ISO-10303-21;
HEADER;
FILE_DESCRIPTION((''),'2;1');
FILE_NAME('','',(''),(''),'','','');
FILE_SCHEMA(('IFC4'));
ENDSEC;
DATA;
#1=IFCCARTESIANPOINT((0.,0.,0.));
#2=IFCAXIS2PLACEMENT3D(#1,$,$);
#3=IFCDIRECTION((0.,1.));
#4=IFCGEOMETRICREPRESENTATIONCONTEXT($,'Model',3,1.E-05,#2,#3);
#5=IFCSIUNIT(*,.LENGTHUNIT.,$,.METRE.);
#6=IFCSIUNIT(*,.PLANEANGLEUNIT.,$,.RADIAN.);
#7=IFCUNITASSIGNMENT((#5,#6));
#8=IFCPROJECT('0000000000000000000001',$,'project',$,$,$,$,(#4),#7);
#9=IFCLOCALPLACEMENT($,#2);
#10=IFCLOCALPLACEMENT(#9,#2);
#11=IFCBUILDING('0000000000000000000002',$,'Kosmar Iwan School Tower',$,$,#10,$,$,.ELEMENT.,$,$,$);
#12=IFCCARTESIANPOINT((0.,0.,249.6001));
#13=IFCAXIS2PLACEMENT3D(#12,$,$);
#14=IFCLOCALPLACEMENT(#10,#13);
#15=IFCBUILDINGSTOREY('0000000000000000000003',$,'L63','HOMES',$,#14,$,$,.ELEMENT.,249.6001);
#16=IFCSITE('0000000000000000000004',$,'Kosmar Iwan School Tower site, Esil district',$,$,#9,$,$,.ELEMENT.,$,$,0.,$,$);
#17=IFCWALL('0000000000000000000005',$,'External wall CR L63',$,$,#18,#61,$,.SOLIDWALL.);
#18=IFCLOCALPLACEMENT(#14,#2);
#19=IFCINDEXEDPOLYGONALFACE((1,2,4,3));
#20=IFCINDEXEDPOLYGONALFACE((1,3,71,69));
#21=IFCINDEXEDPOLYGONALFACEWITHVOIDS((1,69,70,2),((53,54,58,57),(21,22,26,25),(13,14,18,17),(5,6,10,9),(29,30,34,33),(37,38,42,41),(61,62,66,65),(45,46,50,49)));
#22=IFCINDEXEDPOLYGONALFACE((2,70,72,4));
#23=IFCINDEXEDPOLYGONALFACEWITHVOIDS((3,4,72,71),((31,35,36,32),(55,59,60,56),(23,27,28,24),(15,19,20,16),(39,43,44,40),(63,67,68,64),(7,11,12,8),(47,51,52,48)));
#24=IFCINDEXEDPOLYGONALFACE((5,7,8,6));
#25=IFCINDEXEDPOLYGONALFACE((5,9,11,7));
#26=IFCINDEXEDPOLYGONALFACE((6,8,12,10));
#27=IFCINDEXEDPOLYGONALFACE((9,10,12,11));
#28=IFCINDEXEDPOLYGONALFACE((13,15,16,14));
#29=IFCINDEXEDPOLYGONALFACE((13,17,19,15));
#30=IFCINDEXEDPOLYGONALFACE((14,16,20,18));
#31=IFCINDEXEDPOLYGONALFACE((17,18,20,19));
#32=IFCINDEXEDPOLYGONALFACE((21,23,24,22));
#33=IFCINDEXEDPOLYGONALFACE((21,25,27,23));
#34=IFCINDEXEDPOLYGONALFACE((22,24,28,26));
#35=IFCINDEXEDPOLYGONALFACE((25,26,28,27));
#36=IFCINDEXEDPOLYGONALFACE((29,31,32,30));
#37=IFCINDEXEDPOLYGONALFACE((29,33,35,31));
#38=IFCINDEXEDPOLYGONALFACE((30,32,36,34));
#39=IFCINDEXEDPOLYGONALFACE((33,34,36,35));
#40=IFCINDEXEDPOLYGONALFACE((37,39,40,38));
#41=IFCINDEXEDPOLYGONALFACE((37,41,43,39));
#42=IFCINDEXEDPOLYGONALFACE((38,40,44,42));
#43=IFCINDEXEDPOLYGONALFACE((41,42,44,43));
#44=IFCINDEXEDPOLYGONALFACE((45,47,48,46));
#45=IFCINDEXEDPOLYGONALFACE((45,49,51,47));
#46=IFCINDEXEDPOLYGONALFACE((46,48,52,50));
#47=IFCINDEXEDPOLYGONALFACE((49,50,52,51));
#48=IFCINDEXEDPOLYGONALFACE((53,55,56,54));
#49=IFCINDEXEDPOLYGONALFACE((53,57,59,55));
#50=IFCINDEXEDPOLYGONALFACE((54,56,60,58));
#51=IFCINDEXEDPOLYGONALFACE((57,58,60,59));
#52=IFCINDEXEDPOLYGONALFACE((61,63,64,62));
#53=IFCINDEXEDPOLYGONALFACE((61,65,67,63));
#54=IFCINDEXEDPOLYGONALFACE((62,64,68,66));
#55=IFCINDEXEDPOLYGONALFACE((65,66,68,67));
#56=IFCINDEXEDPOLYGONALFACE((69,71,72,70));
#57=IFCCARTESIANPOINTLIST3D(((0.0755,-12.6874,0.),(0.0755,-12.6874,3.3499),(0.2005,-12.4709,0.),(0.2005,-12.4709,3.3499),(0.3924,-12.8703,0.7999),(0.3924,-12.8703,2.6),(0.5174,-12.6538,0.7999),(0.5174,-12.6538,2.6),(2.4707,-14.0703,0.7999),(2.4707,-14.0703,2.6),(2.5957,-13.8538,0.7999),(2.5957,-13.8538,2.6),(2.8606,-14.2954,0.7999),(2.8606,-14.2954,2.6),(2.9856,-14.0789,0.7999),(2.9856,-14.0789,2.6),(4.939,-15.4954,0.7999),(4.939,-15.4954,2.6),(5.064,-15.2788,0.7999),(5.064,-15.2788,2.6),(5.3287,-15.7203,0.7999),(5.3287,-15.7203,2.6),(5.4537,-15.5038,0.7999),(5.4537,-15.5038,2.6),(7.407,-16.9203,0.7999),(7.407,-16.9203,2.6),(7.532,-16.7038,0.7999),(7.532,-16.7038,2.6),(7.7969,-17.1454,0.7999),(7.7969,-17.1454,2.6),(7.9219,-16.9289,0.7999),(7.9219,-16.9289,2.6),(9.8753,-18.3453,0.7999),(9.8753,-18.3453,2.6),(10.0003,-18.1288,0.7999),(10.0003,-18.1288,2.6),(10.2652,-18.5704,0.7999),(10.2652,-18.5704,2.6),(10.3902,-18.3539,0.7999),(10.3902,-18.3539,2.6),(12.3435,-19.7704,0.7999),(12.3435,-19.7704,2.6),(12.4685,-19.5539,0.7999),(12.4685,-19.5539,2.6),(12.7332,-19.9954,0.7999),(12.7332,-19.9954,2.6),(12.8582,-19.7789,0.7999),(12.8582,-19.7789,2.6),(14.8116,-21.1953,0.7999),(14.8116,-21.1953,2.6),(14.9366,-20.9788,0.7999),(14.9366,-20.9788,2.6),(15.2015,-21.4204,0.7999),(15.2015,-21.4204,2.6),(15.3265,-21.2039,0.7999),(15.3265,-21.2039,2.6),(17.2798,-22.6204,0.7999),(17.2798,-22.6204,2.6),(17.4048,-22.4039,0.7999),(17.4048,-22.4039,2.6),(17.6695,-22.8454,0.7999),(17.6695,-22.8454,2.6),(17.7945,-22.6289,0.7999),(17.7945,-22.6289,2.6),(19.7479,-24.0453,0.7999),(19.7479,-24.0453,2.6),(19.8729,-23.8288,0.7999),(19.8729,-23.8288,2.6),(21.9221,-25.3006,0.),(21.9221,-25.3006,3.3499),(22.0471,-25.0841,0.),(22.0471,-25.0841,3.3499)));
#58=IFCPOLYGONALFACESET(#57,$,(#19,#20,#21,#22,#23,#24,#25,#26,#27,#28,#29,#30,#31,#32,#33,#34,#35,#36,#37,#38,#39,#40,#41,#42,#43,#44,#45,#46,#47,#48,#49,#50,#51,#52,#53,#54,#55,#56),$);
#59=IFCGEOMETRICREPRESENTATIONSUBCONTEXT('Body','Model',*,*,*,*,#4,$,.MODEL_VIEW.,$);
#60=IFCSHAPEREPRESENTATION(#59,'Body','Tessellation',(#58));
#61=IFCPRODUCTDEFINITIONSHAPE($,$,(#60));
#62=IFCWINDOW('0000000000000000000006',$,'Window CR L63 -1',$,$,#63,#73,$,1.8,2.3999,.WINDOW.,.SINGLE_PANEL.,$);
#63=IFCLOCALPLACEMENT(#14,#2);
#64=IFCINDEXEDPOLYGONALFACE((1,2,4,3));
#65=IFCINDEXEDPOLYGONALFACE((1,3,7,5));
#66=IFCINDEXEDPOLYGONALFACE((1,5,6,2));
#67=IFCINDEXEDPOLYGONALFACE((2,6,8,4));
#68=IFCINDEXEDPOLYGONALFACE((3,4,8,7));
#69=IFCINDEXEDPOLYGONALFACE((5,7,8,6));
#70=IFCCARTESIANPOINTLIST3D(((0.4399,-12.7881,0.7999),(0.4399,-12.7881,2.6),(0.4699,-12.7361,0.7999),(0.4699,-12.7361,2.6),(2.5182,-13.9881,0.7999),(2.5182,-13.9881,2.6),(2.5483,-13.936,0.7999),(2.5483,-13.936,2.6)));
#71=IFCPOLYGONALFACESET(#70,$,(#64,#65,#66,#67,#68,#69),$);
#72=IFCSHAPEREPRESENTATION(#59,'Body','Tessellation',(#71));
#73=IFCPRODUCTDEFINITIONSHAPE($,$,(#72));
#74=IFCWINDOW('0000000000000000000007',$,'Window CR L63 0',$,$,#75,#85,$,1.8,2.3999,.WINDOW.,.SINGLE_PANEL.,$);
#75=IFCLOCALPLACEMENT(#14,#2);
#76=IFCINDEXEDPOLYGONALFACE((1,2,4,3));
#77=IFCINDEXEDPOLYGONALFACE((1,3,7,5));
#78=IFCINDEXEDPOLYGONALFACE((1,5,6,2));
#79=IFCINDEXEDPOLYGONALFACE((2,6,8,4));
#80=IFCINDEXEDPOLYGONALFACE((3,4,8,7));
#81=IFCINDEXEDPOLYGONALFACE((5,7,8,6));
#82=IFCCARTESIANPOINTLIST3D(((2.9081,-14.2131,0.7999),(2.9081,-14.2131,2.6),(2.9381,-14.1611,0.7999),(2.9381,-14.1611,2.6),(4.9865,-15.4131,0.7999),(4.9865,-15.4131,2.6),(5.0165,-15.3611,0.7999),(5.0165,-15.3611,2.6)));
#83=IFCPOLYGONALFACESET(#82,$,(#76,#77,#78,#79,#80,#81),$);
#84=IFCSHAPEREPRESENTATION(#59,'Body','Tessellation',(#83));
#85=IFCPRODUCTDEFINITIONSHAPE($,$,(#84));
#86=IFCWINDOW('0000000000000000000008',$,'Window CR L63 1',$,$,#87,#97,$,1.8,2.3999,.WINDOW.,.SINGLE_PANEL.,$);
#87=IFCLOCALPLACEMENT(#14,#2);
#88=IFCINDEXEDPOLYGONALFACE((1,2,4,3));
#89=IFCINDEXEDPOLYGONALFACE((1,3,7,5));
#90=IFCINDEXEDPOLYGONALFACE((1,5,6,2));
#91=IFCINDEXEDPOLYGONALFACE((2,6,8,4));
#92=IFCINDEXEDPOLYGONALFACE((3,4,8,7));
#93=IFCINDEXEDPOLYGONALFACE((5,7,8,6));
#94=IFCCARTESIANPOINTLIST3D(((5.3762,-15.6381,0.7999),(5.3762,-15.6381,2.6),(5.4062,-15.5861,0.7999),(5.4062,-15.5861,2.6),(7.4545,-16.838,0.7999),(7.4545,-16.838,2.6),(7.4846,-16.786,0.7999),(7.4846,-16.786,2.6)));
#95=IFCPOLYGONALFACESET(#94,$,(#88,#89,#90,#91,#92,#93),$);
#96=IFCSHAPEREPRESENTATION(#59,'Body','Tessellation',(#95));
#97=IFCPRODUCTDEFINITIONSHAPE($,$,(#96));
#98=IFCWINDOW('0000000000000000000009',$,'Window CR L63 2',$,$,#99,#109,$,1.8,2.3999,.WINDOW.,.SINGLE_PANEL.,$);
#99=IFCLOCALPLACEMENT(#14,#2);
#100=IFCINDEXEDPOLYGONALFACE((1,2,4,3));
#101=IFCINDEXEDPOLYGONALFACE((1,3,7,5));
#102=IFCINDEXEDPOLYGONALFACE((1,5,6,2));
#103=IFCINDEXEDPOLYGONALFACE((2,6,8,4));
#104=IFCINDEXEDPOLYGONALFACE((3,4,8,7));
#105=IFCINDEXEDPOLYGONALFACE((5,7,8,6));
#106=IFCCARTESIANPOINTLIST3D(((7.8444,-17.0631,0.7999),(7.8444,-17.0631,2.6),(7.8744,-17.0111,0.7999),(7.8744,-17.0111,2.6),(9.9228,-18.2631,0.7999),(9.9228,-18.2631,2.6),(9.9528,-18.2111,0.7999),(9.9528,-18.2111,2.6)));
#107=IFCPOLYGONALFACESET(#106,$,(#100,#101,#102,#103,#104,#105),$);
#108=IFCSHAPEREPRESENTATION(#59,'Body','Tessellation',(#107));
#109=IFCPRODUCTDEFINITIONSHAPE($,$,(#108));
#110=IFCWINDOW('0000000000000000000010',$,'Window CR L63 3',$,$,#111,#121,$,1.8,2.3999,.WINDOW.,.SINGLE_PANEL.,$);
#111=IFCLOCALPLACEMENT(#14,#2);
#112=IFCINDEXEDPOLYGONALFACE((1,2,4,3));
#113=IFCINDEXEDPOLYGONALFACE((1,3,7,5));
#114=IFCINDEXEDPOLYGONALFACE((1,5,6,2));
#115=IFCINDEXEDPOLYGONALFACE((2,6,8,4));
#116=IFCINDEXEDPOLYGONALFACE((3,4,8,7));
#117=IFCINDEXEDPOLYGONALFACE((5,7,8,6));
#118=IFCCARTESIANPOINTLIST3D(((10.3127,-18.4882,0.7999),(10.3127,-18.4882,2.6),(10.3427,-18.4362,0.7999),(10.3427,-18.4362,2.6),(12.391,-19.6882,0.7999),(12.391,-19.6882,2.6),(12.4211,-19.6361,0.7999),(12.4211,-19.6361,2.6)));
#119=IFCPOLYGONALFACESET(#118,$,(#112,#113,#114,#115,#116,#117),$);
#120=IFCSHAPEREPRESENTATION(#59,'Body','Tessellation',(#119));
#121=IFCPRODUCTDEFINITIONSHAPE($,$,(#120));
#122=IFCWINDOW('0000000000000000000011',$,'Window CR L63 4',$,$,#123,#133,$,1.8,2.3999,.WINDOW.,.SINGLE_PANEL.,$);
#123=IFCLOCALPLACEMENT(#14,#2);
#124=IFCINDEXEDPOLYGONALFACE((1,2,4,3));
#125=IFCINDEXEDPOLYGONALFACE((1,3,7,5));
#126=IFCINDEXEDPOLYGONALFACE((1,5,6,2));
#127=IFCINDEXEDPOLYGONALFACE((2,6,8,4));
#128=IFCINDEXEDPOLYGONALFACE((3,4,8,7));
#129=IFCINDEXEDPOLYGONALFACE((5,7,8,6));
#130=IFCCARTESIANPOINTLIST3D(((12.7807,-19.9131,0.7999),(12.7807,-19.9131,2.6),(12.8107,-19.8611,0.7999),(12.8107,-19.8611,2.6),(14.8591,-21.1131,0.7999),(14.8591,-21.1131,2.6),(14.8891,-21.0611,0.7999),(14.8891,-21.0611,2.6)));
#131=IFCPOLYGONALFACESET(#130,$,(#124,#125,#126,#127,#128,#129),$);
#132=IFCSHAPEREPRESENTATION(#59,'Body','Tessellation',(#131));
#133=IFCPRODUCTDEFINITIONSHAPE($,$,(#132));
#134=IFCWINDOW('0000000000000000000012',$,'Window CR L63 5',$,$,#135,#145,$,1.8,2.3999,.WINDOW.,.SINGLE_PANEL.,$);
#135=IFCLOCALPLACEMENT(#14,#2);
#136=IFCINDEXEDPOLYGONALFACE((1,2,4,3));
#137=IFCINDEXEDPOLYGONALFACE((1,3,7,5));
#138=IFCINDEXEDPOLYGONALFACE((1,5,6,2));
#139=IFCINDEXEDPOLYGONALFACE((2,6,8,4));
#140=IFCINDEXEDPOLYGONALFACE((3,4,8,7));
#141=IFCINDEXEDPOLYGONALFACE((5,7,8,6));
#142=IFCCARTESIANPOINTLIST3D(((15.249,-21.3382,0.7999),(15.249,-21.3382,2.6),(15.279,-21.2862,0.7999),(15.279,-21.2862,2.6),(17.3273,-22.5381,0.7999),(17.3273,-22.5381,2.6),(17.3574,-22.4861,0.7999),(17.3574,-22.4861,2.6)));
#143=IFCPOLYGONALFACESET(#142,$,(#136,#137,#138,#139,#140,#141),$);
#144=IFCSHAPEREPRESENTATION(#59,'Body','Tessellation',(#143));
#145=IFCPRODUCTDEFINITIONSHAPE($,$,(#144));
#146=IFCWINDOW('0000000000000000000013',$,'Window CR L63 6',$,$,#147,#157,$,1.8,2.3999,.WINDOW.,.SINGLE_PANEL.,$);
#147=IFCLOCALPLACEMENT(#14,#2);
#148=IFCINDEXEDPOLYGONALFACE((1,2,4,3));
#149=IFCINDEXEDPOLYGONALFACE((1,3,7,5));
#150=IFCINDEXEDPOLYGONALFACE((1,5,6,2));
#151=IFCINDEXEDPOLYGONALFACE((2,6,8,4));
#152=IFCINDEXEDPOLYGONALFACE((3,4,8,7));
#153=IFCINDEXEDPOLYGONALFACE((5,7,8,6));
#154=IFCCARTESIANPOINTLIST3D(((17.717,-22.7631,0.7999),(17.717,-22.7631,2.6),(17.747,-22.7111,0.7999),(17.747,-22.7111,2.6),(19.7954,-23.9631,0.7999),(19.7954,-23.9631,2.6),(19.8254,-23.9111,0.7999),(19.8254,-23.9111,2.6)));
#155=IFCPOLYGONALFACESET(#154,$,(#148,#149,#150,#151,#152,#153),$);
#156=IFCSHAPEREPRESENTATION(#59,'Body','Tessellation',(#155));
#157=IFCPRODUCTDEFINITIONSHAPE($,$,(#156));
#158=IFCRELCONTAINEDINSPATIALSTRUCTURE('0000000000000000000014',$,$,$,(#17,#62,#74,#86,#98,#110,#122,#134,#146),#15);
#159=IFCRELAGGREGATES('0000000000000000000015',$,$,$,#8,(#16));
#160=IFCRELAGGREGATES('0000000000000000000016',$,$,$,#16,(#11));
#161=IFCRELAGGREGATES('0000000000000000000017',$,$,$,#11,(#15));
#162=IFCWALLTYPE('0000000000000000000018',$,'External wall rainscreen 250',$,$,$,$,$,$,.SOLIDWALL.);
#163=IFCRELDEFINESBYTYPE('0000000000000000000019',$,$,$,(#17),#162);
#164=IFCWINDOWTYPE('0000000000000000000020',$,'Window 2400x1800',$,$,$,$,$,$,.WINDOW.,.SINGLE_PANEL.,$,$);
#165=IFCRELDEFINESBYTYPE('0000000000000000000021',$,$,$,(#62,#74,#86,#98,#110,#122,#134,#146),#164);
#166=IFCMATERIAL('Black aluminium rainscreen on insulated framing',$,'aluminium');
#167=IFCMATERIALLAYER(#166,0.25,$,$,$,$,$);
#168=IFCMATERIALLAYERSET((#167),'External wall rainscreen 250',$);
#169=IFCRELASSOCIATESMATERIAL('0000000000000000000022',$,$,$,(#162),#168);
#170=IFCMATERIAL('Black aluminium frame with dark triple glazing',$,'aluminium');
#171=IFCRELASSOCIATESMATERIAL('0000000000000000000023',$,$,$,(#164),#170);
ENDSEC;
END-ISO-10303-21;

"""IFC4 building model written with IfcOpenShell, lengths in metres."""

from ifc_helpers import new_model, si_unit, direction, frame, frame_2d, origin, place, context, subcontext, project, spatial, rectangle, extrude, material, layer, layer_set, type_object, element, fill, save


model = new_model("IFC4")

# Units and contexts
model_context = context("Model", 3, precision=1e-05, world=origin(), true_north=direction((0.0, 1.0)))
body_context = subcontext(model_context, "Body", "Model", "MODEL_VIEW")
ifc_project = project(units=[si_unit("LENGTHUNIT", "METRE"), si_unit("PLANEANGLEUNIT", "RADIAN")], contexts=[model_context])

# Site, building, storey
site_placement = place(None, origin())
site = spatial("IfcSite", under=ifc_project, at=site_placement, Name="Kosmar Iwan School Tower site, Esil district", CompositionType="ELEMENT", RefElevation=0.0)
building_placement = place(site_placement, origin())
building = spatial("IfcBuilding", under=site, at=building_placement, Name="Kosmar Iwan School Tower", CompositionType="ELEMENT")
storey_placement = place(building_placement, frame((0.0, 0.0, 249.6001)))
storey = spatial("IfcBuildingStorey", under=building, at=storey_placement, Name="L63", Description="HOMES", CompositionType="ELEMENT", Elevation=249.6001)

# Wall, openings, windows
ifc_material_1 = material(Name="Black aluminium rainscreen on insulated framing", Category="aluminium")
ifc_layer_1 = layer(ifc_material_1, 0.25)
ifc_layer_set_1 = layer_set([ifc_layer_1], Name="External wall rainscreen 250")
wall_type_1 = type_object("IfcWallType", Name="External wall rainscreen 250", PredefinedType="SOLIDWALL", material=ifc_layer_set_1)
ifc_material_2 = material(Name="Black aluminium frame with dark triple glazing", Category="aluminium")
window_type = type_object("IfcWindowType", Name="Window 2400x1800", PartitioningType="SINGLE_PANEL", PredefinedType="WINDOW", material=ifc_material_2)
wall_1_placement = place(storey_placement, frame((0.1379, -12.5791, 0.0), z_axis=(0.0, 0.0, 1.0), x_axis=(0.866024, -0.500003, 0.0)))
wall_1 = element("IfcWall", 1, at=wall_1_placement, inside=storey, type_object=wall_type_1, Name="External wall CR L63", PredefinedType="SOLIDWALL", context=body_context, shape_type="SweptSolid", body=[
    extrude(rectangle(XDim=25.2263, YDim=0.25, at=frame_2d((12.6133, 0.0))), origin(), (0.0, 0.0, 1.0), 3.3499),
])
opening_1_placement = place(wall_1_placement, frame((0.366, 0.0, 0.8)))
opening_1 = element("IfcOpeningElement", 2, at=opening_1_placement, cuts=wall_1, PredefinedType="OPENING", context=body_context, shape_type="SweptSolid", body=[
    extrude(rectangle(XDim=2.3999, YDim=1.8, at=frame_2d((1.2, 0.8999))), frame((0.0, 0.137, 0.0), z_axis=(0.0, -1.0, 0.0), x_axis=(1.0, 0.0, 0.0)), (0.0, 0.0, 1.0), 0.2739),
])
opening_2_placement = place(wall_1_placement, frame((3.2161, 0.0, 0.8)))
opening_2 = element("IfcOpeningElement", 3, at=opening_2_placement, cuts=wall_1, PredefinedType="OPENING", context=body_context, shape_type="SweptSolid", body=[
    extrude(rectangle(XDim=2.3999, YDim=1.8, at=frame_2d((1.2, 0.8999))), frame((0.0, 0.137, 0.0), z_axis=(0.0, -1.0, 0.0), x_axis=(1.0, 0.0, 0.0)), (0.0, 0.0, 1.0), 0.2739),
])
opening_3_placement = place(wall_1_placement, frame((6.0659, 0.0, 0.8)))
opening_3 = element("IfcOpeningElement", 4, at=opening_3_placement, cuts=wall_1, PredefinedType="OPENING", context=body_context, shape_type="SweptSolid", body=[
    extrude(rectangle(XDim=2.3999, YDim=1.8, at=frame_2d((1.2, 0.8999))), frame((0.0, 0.137, 0.0), z_axis=(0.0, -1.0, 0.0), x_axis=(1.0, 0.0, 0.0)), (0.0, 0.0, 1.0), 0.2739),
])
opening_4_placement = place(wall_1_placement, frame((8.916, 0.0, 0.8)))
opening_4 = element("IfcOpeningElement", 5, at=opening_4_placement, cuts=wall_1, PredefinedType="OPENING", context=body_context, shape_type="SweptSolid", body=[
    extrude(rectangle(XDim=2.3999, YDim=1.8, at=frame_2d((1.2, 0.8999))), frame((0.0, 0.137, 0.0), z_axis=(0.0, -1.0, 0.0), x_axis=(1.0, 0.0, 0.0)), (0.0, 0.0, 1.0), 0.2739),
])
opening_5_placement = place(wall_1_placement, frame((11.7661, 0.0, 0.8)))
opening_5 = element("IfcOpeningElement", 6, at=opening_5_placement, cuts=wall_1, PredefinedType="OPENING", context=body_context, shape_type="SweptSolid", body=[
    extrude(rectangle(XDim=2.3999, YDim=1.8, at=frame_2d((1.2, 0.8999))), frame((0.0, 0.137, 0.0), z_axis=(0.0, -1.0, 0.0), x_axis=(1.0, 0.0, 0.0)), (0.0, 0.0, 1.0), 0.2739),
])
opening_6_placement = place(wall_1_placement, frame((14.616, 0.0, 0.8)))
opening_6 = element("IfcOpeningElement", 7, at=opening_6_placement, cuts=wall_1, PredefinedType="OPENING", context=body_context, shape_type="SweptSolid", body=[
    extrude(rectangle(XDim=2.3999, YDim=1.8, at=frame_2d((1.2, 0.8999))), frame((0.0, 0.137, 0.0), z_axis=(0.0, -1.0, 0.0), x_axis=(1.0, 0.0, 0.0)), (0.0, 0.0, 1.0), 0.2739),
])
opening_7_placement = place(wall_1_placement, frame((17.4661, 0.0, 0.8)))
opening_7 = element("IfcOpeningElement", 8, at=opening_7_placement, cuts=wall_1, PredefinedType="OPENING", context=body_context, shape_type="SweptSolid", body=[
    extrude(rectangle(XDim=2.3999, YDim=1.8, at=frame_2d((1.2, 0.8999))), frame((0.0, 0.137, 0.0), z_axis=(0.0, -1.0, 0.0), x_axis=(1.0, 0.0, 0.0)), (0.0, 0.0, 1.0), 0.2739),
])
opening_8_placement = place(wall_1_placement, frame((20.3159, 0.0, 0.8)))
opening_8 = element("IfcOpeningElement", 9, at=opening_8_placement, cuts=wall_1, PredefinedType="OPENING", context=body_context, shape_type="SweptSolid", body=[
    extrude(rectangle(XDim=2.3999, YDim=1.8, at=frame_2d((1.2, 0.8999))), frame((0.0, 0.137, 0.0), z_axis=(0.0, -1.0, 0.0), x_axis=(1.0, 0.0, 0.0)), (0.0, 0.0, 1.0), 0.2739),
])
window_1_placement = place(opening_1_placement, origin())
window_1 = element("IfcWindow", 10, at=window_1_placement, inside=storey, type_object=window_type, Name="Window CR L63 -1", OverallHeight=1.8, OverallWidth=2.3999, PartitioningType="SINGLE_PANEL", PredefinedType="WINDOW", context=body_context, shape_type="SweptSolid", body=[
    extrude(rectangle(XDim=2.3999, YDim=1.8, at=frame_2d((1.2, 0.8999))), frame((0.0, 0.03, 0.0), z_axis=(0.0, -1.0, 0.0), x_axis=(1.0, 0.0, 0.0)), (0.0, 0.0, 1.0), 0.0601),
])
fill(opening_1, window_1)
window_2_placement = place(opening_2_placement, origin())
window_2 = element("IfcWindow", 11, at=window_2_placement, inside=storey, type_object=window_type, Name="Window CR L63 0", OverallHeight=1.8, OverallWidth=2.3999, PartitioningType="SINGLE_PANEL", PredefinedType="WINDOW", context=body_context, shape_type="SweptSolid", body=[
    extrude(rectangle(XDim=2.3999, YDim=1.8, at=frame_2d((1.2, 0.8999))), frame((0.0, 0.03, 0.0), z_axis=(0.0, -1.0, 0.0), x_axis=(1.0, 0.0, 0.0)), (0.0, 0.0, 1.0), 0.0601),
])
fill(opening_2, window_2)
window_3_placement = place(opening_3_placement, origin())
window_3 = element("IfcWindow", 12, at=window_3_placement, inside=storey, type_object=window_type, Name="Window CR L63 1", OverallHeight=1.8, OverallWidth=2.3999, PartitioningType="SINGLE_PANEL", PredefinedType="WINDOW", context=body_context, shape_type="SweptSolid", body=[
    extrude(rectangle(XDim=2.3999, YDim=1.8, at=frame_2d((1.2, 0.8999))), frame((0.0, 0.03, 0.0), z_axis=(0.0, -1.0, 0.0), x_axis=(1.0, 0.0, 0.0)), (0.0, 0.0, 1.0), 0.0601),
])
fill(opening_3, window_3)
window_4_placement = place(opening_4_placement, origin())
window_4 = element("IfcWindow", 13, at=window_4_placement, inside=storey, type_object=window_type, Name="Window CR L63 2", OverallHeight=1.8, OverallWidth=2.3999, PartitioningType="SINGLE_PANEL", PredefinedType="WINDOW", context=body_context, shape_type="SweptSolid", body=[
    extrude(rectangle(XDim=2.3999, YDim=1.8, at=frame_2d((1.2, 0.8999))), frame((0.0, 0.03, 0.0), z_axis=(0.0, -1.0, 0.0), x_axis=(1.0, 0.0, 0.0)), (0.0, 0.0, 1.0), 0.0601),
])
fill(opening_4, window_4)
window_5_placement = place(opening_5_placement, origin())
window_5 = element("IfcWindow", 14, at=window_5_placement, inside=storey, type_object=window_type, Name="Window CR L63 3", OverallHeight=1.8, OverallWidth=2.3999, PartitioningType="SINGLE_PANEL", PredefinedType="WINDOW", context=body_context, shape_type="SweptSolid", body=[
    extrude(rectangle(XDim=2.3999, YDim=1.8, at=frame_2d((1.2, 0.8999))), frame((0.0, 0.03, 0.0), z_axis=(0.0, -1.0, 0.0), x_axis=(1.0, 0.0, 0.0)), (0.0, 0.0, 1.0), 0.0601),
])
fill(opening_5, window_5)
window_6_placement = place(opening_6_placement, origin())
window_6 = element("IfcWindow", 15, at=window_6_placement, inside=storey, type_object=window_type, Name="Window CR L63 4", OverallHeight=1.8, OverallWidth=2.3999, PartitioningType="SINGLE_PANEL", PredefinedType="WINDOW", context=body_context, shape_type="SweptSolid", body=[
    extrude(rectangle(XDim=2.3999, YDim=1.8, at=frame_2d((1.2, 0.8999))), frame((0.0, 0.03, 0.0), z_axis=(0.0, -1.0, 0.0), x_axis=(1.0, 0.0, 0.0)), (0.0, 0.0, 1.0), 0.0601),
])
fill(opening_6, window_6)
window_7_placement = place(opening_7_placement, origin())
window_7 = element("IfcWindow", 16, at=window_7_placement, inside=storey, type_object=window_type, Name="Window CR L63 5", OverallHeight=1.8, OverallWidth=2.3999, PartitioningType="SINGLE_PANEL", PredefinedType="WINDOW", context=body_context, shape_type="SweptSolid", body=[
    extrude(rectangle(XDim=2.3999, YDim=1.8, at=frame_2d((1.2, 0.8999))), frame((0.0, 0.03, 0.0), z_axis=(0.0, -1.0, 0.0), x_axis=(1.0, 0.0, 0.0)), (0.0, 0.0, 1.0), 0.0601),
])
fill(opening_7, window_7)
window_8_placement = place(opening_8_placement, origin())
window_8 = element("IfcWindow", 17, at=window_8_placement, inside=storey, type_object=window_type, Name="Window CR L63 6", OverallHeight=1.8, OverallWidth=2.3999, PartitioningType="SINGLE_PANEL", PredefinedType="WINDOW", context=body_context, shape_type="SweptSolid", body=[
    extrude(rectangle(XDim=2.3999, YDim=1.8, at=frame_2d((1.2, 0.8999))), frame((0.0, 0.03, 0.0), z_axis=(0.0, -1.0, 0.0), x_axis=(1.0, 0.0, 0.0)), (0.0, 0.0, 1.0), 0.0601),
])
fill(opening_8, window_8)

save(model, "model.ifc")
